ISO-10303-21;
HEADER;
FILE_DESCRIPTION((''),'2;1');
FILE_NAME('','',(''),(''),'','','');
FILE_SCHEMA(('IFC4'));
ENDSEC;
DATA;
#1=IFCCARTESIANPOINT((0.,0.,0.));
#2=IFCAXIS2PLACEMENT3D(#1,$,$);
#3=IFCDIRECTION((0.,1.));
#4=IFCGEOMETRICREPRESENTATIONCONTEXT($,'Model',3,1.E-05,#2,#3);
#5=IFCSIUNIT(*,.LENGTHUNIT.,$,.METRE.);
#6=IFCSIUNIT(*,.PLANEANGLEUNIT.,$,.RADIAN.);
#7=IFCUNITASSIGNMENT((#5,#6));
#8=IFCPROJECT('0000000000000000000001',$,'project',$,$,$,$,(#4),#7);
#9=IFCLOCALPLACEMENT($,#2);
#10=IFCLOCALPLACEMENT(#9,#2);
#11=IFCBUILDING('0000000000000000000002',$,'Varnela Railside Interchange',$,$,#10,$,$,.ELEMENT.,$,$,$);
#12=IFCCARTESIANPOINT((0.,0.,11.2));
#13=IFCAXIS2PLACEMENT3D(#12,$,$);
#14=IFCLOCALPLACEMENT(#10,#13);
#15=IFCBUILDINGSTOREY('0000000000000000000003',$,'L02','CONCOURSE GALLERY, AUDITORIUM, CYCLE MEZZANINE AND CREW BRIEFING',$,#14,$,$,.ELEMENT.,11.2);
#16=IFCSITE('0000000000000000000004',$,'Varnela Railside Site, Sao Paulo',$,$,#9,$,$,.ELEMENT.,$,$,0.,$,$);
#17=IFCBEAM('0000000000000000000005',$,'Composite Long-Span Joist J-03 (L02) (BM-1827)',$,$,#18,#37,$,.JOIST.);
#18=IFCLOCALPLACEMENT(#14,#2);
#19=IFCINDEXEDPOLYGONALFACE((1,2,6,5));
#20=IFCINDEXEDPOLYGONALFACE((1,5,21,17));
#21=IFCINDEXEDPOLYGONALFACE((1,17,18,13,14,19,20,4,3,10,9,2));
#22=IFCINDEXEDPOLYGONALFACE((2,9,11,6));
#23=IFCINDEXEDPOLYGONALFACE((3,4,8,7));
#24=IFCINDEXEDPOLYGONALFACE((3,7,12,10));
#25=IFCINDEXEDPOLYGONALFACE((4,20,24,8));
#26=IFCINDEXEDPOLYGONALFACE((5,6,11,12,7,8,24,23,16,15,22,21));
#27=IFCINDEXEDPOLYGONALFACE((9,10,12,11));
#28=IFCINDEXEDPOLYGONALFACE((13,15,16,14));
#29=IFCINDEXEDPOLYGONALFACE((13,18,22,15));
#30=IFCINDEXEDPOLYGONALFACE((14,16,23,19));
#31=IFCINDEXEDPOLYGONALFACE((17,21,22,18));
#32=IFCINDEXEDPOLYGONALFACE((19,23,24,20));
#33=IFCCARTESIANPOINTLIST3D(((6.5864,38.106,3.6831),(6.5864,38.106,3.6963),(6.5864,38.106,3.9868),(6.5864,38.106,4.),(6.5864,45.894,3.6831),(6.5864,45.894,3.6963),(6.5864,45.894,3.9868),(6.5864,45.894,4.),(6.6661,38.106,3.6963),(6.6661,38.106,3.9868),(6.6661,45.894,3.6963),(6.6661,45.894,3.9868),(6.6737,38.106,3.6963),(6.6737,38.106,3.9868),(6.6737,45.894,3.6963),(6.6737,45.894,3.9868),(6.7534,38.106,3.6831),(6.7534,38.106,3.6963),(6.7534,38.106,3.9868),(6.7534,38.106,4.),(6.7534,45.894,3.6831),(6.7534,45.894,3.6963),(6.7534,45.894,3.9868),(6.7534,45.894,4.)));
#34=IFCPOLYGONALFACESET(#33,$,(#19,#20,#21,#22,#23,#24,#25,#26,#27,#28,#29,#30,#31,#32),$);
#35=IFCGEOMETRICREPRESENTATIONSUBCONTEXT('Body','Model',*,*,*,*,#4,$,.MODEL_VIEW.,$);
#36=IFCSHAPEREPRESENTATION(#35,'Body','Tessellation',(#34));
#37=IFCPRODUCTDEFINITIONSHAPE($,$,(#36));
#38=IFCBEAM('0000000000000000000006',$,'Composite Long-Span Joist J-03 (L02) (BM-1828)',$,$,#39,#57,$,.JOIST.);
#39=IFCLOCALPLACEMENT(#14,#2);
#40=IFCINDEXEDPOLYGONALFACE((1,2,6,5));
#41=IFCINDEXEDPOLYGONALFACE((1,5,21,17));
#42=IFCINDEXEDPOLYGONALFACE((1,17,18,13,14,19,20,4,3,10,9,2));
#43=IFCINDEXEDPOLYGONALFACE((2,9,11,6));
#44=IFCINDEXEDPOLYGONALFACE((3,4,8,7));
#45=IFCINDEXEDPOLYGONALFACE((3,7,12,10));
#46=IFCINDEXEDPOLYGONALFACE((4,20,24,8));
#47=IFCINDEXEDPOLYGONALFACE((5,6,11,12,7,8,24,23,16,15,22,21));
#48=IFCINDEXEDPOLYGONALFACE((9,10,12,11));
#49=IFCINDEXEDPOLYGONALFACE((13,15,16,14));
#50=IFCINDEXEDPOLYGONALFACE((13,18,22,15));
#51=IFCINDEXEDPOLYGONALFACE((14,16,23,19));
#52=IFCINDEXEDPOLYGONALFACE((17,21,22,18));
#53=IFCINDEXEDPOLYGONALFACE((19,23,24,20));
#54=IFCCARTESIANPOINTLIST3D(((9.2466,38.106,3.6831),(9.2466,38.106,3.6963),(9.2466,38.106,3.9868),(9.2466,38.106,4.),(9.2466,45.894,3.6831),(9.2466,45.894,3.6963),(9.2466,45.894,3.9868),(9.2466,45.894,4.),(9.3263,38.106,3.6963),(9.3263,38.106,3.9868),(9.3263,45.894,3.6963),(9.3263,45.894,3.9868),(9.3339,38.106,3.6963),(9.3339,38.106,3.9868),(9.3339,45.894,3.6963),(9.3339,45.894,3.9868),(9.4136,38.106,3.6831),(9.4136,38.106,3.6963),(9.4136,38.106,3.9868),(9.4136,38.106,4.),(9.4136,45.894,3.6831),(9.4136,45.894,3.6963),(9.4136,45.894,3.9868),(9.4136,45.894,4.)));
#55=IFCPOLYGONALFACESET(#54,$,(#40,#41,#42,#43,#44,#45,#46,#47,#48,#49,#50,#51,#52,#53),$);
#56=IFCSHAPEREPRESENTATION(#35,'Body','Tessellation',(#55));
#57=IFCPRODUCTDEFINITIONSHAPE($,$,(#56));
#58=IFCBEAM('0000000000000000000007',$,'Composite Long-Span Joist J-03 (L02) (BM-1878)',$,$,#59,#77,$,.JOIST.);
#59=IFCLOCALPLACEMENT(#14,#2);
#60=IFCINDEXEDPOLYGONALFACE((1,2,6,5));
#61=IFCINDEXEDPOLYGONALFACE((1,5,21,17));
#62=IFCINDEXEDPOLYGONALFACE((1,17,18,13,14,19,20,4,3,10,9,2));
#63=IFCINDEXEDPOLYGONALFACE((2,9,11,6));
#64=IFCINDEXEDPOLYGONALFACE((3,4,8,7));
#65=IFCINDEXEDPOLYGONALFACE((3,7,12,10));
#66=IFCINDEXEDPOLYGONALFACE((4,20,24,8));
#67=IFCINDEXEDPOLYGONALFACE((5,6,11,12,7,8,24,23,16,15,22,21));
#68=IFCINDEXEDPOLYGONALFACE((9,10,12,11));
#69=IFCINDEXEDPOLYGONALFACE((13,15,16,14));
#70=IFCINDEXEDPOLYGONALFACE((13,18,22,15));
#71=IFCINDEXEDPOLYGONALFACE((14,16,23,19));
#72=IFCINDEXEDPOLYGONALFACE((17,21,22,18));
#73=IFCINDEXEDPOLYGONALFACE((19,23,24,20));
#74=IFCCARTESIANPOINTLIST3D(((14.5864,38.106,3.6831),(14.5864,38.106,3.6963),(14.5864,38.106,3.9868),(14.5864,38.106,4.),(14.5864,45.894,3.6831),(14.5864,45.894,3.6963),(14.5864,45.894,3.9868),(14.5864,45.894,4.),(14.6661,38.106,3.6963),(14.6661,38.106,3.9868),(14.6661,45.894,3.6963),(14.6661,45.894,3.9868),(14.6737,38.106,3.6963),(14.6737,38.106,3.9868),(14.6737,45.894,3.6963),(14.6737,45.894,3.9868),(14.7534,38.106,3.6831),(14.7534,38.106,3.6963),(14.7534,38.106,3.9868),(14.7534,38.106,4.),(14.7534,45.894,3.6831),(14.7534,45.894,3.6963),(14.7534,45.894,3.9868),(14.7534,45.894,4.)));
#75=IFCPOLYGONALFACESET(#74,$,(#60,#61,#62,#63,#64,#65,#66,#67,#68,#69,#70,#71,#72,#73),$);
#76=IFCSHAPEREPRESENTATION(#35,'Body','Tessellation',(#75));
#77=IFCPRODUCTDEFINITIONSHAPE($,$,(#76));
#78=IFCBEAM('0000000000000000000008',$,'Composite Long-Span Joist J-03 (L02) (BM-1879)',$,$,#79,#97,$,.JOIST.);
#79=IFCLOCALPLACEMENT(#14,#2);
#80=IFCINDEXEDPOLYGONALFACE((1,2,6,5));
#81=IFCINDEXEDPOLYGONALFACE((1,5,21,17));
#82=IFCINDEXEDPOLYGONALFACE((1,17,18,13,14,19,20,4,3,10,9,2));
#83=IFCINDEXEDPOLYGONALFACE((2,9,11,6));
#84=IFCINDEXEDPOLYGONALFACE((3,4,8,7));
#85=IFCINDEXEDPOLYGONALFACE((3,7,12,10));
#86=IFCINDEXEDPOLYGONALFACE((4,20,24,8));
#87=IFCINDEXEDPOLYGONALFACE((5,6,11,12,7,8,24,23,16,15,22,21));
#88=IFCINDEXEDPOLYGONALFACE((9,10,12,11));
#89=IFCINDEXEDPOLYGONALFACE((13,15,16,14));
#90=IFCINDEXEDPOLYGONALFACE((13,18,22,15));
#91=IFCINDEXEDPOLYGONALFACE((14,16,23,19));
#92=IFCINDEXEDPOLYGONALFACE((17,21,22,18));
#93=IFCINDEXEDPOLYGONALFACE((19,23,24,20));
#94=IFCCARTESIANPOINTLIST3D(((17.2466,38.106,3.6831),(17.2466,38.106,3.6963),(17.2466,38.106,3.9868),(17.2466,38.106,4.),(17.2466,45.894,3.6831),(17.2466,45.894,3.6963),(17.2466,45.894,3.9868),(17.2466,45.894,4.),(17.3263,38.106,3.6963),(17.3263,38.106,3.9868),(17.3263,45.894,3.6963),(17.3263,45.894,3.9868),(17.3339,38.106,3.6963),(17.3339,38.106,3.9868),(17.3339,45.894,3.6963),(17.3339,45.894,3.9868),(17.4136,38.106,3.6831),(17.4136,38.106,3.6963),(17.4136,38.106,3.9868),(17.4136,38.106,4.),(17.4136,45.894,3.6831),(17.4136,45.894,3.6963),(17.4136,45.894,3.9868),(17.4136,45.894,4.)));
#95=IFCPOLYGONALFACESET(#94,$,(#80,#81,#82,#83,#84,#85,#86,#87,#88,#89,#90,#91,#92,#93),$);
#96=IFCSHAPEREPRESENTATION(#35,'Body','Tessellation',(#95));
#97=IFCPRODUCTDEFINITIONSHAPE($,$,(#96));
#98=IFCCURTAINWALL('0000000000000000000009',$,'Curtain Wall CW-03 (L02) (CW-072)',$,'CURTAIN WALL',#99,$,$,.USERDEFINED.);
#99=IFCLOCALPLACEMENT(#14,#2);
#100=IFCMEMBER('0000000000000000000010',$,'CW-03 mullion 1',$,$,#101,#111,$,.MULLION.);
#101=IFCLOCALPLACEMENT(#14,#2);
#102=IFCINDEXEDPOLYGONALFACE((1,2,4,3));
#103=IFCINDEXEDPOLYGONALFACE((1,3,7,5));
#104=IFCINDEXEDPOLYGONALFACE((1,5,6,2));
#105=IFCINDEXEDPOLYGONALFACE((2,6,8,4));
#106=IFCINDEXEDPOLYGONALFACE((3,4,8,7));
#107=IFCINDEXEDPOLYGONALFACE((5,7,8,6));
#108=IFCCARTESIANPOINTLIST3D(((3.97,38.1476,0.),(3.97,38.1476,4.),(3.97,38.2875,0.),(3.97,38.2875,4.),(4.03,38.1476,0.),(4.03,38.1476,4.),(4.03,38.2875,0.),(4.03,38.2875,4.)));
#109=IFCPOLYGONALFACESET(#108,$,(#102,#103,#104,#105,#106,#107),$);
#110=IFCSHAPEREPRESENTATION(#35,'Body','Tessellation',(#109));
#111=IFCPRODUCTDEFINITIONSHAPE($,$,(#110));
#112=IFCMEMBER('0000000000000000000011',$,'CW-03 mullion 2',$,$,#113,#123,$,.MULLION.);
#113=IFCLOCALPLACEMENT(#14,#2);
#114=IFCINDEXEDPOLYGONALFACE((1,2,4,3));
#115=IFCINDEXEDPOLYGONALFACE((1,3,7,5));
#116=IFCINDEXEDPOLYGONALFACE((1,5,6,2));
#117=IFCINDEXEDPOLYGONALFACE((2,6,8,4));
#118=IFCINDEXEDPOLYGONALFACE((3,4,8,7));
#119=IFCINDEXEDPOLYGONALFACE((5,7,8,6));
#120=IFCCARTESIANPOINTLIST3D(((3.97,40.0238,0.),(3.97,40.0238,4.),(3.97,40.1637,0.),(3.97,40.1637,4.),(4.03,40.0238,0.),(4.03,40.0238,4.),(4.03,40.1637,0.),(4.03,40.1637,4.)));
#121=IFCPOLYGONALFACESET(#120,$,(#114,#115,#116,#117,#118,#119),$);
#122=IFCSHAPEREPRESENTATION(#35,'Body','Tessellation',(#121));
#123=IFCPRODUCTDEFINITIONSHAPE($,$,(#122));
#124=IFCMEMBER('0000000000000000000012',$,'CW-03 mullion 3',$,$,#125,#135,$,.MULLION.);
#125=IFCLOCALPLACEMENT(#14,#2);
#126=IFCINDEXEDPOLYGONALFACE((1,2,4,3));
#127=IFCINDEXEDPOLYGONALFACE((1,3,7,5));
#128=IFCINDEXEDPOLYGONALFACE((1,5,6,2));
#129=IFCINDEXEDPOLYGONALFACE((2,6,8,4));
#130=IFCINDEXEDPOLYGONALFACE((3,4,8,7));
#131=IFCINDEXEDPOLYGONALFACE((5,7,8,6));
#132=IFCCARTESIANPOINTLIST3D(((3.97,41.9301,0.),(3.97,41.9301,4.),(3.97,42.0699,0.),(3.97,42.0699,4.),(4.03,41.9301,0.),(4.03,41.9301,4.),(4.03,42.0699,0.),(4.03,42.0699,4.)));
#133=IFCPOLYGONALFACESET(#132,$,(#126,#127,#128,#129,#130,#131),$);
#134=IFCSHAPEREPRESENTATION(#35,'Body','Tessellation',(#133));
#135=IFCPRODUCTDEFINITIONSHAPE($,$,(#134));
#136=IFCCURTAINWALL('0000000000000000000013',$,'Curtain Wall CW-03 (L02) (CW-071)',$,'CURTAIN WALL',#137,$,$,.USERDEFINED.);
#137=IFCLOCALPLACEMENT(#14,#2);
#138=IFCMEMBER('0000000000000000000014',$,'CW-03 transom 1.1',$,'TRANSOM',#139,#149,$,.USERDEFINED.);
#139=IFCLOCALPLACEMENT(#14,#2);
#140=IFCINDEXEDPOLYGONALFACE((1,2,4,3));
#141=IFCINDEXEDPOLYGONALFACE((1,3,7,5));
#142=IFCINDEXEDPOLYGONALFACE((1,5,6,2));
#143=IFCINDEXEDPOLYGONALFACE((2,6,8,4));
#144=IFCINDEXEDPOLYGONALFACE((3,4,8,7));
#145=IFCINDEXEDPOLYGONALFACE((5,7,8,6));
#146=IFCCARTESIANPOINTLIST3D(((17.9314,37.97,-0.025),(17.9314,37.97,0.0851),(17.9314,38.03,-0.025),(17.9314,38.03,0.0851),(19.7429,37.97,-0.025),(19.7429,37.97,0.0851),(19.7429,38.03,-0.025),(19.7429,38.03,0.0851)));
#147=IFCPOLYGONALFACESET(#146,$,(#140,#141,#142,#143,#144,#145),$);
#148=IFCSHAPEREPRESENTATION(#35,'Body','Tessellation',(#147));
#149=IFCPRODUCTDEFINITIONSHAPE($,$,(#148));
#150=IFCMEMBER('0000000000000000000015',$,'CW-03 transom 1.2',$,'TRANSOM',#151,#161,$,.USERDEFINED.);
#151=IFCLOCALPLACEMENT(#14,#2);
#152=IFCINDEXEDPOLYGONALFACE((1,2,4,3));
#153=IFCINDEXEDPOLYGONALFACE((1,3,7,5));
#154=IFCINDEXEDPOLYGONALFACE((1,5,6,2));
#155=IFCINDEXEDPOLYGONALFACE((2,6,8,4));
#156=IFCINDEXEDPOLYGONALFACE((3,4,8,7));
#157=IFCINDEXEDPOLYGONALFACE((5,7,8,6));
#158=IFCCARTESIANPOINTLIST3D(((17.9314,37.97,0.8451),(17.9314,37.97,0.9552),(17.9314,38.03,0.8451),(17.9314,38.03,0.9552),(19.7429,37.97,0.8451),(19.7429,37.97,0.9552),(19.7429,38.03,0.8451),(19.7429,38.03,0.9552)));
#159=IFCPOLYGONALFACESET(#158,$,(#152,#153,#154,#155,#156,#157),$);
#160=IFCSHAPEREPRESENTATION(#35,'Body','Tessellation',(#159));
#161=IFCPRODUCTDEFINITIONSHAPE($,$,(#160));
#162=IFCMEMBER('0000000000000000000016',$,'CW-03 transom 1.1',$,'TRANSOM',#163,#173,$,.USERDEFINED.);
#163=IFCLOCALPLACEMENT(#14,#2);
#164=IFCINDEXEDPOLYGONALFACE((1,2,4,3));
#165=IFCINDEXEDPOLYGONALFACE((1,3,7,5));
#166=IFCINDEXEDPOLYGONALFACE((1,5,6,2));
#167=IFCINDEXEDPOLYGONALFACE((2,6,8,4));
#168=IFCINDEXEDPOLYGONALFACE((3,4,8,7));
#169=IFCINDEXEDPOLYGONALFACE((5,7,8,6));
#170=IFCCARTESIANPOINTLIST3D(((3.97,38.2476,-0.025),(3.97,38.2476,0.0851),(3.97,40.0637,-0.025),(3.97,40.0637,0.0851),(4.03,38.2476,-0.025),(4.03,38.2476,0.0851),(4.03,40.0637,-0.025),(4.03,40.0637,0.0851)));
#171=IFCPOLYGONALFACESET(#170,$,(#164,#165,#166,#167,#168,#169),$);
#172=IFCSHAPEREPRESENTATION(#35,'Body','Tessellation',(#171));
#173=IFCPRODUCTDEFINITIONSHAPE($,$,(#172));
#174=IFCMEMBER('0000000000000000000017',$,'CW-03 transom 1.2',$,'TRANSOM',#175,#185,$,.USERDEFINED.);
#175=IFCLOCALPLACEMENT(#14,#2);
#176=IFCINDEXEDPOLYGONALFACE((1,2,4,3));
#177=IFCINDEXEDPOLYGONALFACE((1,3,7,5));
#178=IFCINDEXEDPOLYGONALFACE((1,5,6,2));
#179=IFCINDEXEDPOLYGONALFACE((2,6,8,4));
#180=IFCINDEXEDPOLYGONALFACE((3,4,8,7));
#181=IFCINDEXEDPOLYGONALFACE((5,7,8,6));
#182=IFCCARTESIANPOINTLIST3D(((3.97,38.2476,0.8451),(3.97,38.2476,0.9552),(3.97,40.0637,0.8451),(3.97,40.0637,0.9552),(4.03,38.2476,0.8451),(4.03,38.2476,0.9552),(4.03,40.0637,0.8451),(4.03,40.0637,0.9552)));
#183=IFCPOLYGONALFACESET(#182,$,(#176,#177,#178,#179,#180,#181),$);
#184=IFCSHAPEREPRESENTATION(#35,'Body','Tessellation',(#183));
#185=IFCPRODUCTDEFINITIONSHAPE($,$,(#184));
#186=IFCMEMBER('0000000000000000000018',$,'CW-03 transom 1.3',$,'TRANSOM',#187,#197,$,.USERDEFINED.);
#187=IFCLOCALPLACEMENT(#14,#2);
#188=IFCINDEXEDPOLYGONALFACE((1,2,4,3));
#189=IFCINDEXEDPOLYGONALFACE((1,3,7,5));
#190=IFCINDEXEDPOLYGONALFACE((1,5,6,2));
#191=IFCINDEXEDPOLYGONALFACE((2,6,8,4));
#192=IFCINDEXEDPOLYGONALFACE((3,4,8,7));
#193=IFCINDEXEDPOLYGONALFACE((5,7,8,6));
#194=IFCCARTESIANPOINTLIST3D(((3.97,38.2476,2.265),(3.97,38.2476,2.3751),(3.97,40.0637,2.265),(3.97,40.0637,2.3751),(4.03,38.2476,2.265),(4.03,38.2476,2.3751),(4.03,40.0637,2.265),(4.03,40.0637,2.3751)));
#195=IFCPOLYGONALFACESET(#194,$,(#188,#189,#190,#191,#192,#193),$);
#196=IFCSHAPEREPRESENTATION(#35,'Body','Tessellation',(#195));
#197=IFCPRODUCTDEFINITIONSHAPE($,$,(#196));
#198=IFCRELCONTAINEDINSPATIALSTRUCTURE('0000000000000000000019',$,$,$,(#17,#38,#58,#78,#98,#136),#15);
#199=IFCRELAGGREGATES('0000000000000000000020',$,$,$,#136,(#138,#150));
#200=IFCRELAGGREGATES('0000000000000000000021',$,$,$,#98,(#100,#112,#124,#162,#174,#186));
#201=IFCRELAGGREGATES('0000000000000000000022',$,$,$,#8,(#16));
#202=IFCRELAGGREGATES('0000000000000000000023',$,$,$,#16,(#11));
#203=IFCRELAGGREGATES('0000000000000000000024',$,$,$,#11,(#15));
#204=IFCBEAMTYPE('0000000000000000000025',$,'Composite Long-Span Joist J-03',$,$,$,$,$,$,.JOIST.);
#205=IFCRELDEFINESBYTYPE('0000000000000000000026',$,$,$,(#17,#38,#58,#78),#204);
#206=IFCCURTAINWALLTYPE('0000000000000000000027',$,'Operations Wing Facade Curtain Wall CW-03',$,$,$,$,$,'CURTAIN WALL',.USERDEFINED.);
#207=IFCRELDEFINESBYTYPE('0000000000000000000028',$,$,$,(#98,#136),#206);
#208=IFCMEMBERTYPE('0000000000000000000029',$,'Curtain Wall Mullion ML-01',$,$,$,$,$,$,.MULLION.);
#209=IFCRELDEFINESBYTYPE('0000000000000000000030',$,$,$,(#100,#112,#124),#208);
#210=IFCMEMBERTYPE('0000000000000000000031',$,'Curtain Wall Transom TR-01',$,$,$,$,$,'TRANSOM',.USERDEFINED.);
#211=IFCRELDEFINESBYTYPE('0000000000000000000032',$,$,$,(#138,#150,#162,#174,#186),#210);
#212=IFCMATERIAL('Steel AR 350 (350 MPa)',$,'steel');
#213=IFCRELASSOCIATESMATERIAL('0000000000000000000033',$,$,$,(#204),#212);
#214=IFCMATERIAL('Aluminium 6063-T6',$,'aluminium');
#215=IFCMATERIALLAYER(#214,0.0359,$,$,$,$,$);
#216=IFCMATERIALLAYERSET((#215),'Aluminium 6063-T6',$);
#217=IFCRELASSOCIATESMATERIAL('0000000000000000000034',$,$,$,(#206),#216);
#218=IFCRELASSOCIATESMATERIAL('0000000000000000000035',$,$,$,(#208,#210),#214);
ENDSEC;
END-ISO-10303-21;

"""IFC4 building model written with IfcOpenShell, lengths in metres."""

from ifc_helpers import new_model, si_unit, direction, frame, origin, origin_2d, place, context, subcontext, project, spatial, rectangle, i_section, extrude, material, layer, layer_set, material_profile, profile_set, type_object, element, aggregate, save


model = new_model("IFC4")

# Units and contexts
model_context = context("Model", 3, precision=1e-05, world=origin(), true_north=direction((0.0, 1.0)))
body_context = subcontext(model_context, "Body", "Model", "MODEL_VIEW")
ifc_project = project(units=[si_unit("LENGTHUNIT", "METRE"), si_unit("PLANEANGLEUNIT", "RADIAN")], contexts=[model_context])

# Site, building, storey
site_placement = place(None, origin())
site = spatial("IfcSite", under=ifc_project, at=site_placement, Name="Varnela Railside Site, Sao Paulo", CompositionType="ELEMENT", RefElevation=0.0)
building_placement = place(site_placement, origin())
building = spatial("IfcBuilding", under=site, at=building_placement, Name="Varnela Railside Interchange", CompositionType="ELEMENT")
storey_placement = place(building_placement, frame((0.0, 0.0, 11.2)))
storey = spatial("IfcBuildingStorey", under=building, at=storey_placement, Name="L02", Description="CONCOURSE GALLERY, AUDITORIUM, CYCLE MEZZANINE AND CREW BRIEFING", CompositionType="ELEMENT", Elevation=11.2)

# Beams
ifc_material_1 = material(Name="Steel AR 350 (350 MPa)", Category="steel")
ifc_material_profile_1 = material_profile(ifc_material_1, i_section(OverallWidth=0.167, OverallDepth=0.3169, WebThickness=0.0076, FlangeThickness=0.0132, at=origin_2d()), Name="W310x52")
ifc_profile_set_1 = profile_set([ifc_material_profile_1], Name="Steel AR 350 (350 MPa)")
beam_type_1 = type_object("IfcBeamType", Name="Composite Long-Span Joist J-03", PredefinedType="JOIST", material=ifc_profile_set_1)
for number, where, z_axis, x_axis, name in (
    (1, (6.6699, 38.106, 3.8416), (0.0, 1.0, 0.0), (-1.0, 0.0, 0.0), "Composite Long-Span Joist J-03 (L02) (BM-1827)"),
    (2, (9.3301, 38.106, 3.8416), (0.0, 1.0, 0.0), (-1.0, 0.0, 0.0), "Composite Long-Span Joist J-03 (L02) (BM-1828)"),
    (3, (14.6699, 38.106, 3.8416), (0.0, 1.0, 0.0), (-1.0, 0.0, 0.0), "Composite Long-Span Joist J-03 (L02) (BM-1878)"),
    (4, (17.3301, 38.106, 3.8416), (0.0, 1.0, 0.0), (-1.0, 0.0, 0.0), "Composite Long-Span Joist J-03 (L02) (BM-1879)"),
):
    element("IfcBeam", number, at=place(storey_placement, frame(where, z_axis=z_axis, x_axis=x_axis)), inside=storey, type_object=beam_type_1, Name=name, PredefinedType="JOIST", context=body_context, shape_type="SweptSolid", body=[
        extrude(i_section(OverallWidth=0.167, OverallDepth=0.3169, WebThickness=0.0076, FlangeThickness=0.0132, at=origin_2d()), origin(), (0.0, 0.0, 1.0), 7.7881),
    ])

# Curtain walls, members
ifc_material_2 = material(Name="Aluminium 6063-T6", Category="aluminium")
ifc_layer_1 = layer(ifc_material_2, 0.0359)
ifc_layer_set_1 = layer_set([ifc_layer_1], Name="Aluminium 6063-T6")
curtain_wall_type = type_object("IfcCurtainWallType", Name="Operations Wing Facade Curtain Wall CW-03", ElementType="CURTAIN WALL", PredefinedType="USERDEFINED", material=ifc_layer_set_1)
curtain_wall_1_placement = place(storey_placement, origin())
curtain_wall_1 = element("IfcCurtainWall", 5, at=curtain_wall_1_placement, inside=storey, type_object=curtain_wall_type, Name="Curtain Wall CW-03 (L02) (CW-072)", ObjectType="CURTAIN WALL", PredefinedType="USERDEFINED")
ifc_material_profile_2 = material_profile(ifc_material_2, rectangle(XDim=0.0601, YDim=0.1399, at=origin_2d()), Name="ALU 60x140")
ifc_profile_set_2 = profile_set([ifc_material_profile_2], Name="Aluminium 6063-T6")
member_type_1 = type_object("IfcMemberType", Name="Curtain Wall Mullion ML-01", PredefinedType="MULLION", material=ifc_profile_set_2)
member_1_placement = place(storey_placement, frame((4.0, 38.2175, 0.0), z_axis=(0.0, 0.0, 1.0), x_axis=(-1.0, 0.0, 0.0)))
member_1 = element("IfcMember", 6, at=member_1_placement, type_object=member_type_1, Name="CW-03 mullion 1", PredefinedType="MULLION", context=body_context, shape_type="SweptSolid", body=[
    extrude(rectangle(XDim=0.0601, YDim=0.1399, at=origin_2d()), origin(), (0.0, 0.0, 1.0), 4.0),
])
member_2_placement = place(storey_placement, frame((4.0, 40.0938, 0.0), z_axis=(0.0, 0.0, 1.0), x_axis=(-1.0, 0.0, 0.0)))
member_2 = element("IfcMember", 7, at=member_2_placement, type_object=member_type_1, Name="CW-03 mullion 2", PredefinedType="MULLION", context=body_context, shape_type="SweptSolid", body=[
    extrude(rectangle(XDim=0.0601, YDim=0.1399, at=origin_2d()), origin(), (0.0, 0.0, 1.0), 4.0),
])
member_3_placement = place(storey_placement, frame((4.0, 42.0, 0.0), z_axis=(0.0, 0.0, 1.0), x_axis=(-1.0, 0.0, 0.0)))
member_3 = element("IfcMember", 8, at=member_3_placement, type_object=member_type_1, Name="CW-03 mullion 3", PredefinedType="MULLION", context=body_context, shape_type="SweptSolid", body=[
    extrude(rectangle(XDim=0.0601, YDim=0.1399, at=origin_2d()), origin(), (0.0, 0.0, 1.0), 4.0),
])
curtain_wall_2_placement = place(storey_placement, origin())
curtain_wall_2 = element("IfcCurtainWall", 9, at=curtain_wall_2_placement, inside=storey, type_object=curtain_wall_type, Name="Curtain Wall CW-03 (L02) (CW-071)", ObjectType="CURTAIN WALL", PredefinedType="USERDEFINED")
ifc_material_profile_3 = material_profile(ifc_material_2, rectangle(XDim=0.0601, YDim=0.1101, at=origin_2d()), Name="ALU 60x110")
ifc_profile_set_3 = profile_set([ifc_material_profile_3], Name="Aluminium 6063-T6")
member_type_2 = type_object("IfcMemberType", Name="Curtain Wall Transom TR-01", ElementType="TRANSOM", PredefinedType="USERDEFINED", material=ifc_profile_set_3)
member_4_placement = place(storey_placement, frame((19.7429, 38.0, 0.03), z_axis=(-1.0, 0.0, 0.0), x_axis=(0.0, -1.0, 0.0)))
member_4 = element("IfcMember", 10, at=member_4_placement, type_object=member_type_2, Name="CW-03 transom 1.1", ObjectType="TRANSOM", PredefinedType="USERDEFINED", context=body_context, shape_type="SweptSolid", body=[
    extrude(rectangle(XDim=0.0601, YDim=0.1101, at=origin_2d()), origin(), (0.0, 0.0, 1.0), 1.8115),
])
member_5_placement = place(storey_placement, frame((19.7429, 38.0, 0.9001), z_axis=(-1.0, 0.0, 0.0), x_axis=(0.0, -1.0, 0.0)))
member_5 = element("IfcMember", 11, at=member_5_placement, type_object=member_type_2, Name="CW-03 transom 1.2", ObjectType="TRANSOM", PredefinedType="USERDEFINED", context=body_context, shape_type="SweptSolid", body=[
    extrude(rectangle(XDim=0.0601, YDim=0.1101, at=origin_2d()), origin(), (0.0, 0.0, 1.0), 1.8115),
])
aggregate(curtain_wall_2, [member_4, member_5])

# Members
member_6_placement = place(storey_placement, frame((4.0, 38.2476, 0.03), z_axis=(0.0, 1.0, 0.0), x_axis=(-1.0, 0.0, 0.0)))
member_6 = element("IfcMember", 12, at=member_6_placement, type_object=member_type_2, Name="CW-03 transom 1.1", ObjectType="TRANSOM", PredefinedType="USERDEFINED", context=body_context, shape_type="SweptSolid", body=[
    extrude(rectangle(XDim=0.0601, YDim=0.1101, at=origin_2d()), origin(), (0.0, 0.0, 1.0), 1.8162),
])
member_7_placement = place(storey_placement, frame((4.0, 38.2476, 0.9001), z_axis=(0.0, 1.0, 0.0), x_axis=(-1.0, 0.0, 0.0)))
member_7 = element("IfcMember", 13, at=member_7_placement, type_object=member_type_2, Name="CW-03 transom 1.2", ObjectType="TRANSOM", PredefinedType="USERDEFINED", context=body_context, shape_type="SweptSolid", body=[
    extrude(rectangle(XDim=0.0601, YDim=0.1101, at=origin_2d()), origin(), (0.0, 0.0, 1.0), 1.8162),
])
member_8_placement = place(storey_placement, frame((4.0, 38.2476, 2.3201), z_axis=(0.0, 1.0, 0.0), x_axis=(-1.0, 0.0, 0.0)))
member_8 = element("IfcMember", 14, at=member_8_placement, type_object=member_type_2, Name="CW-03 transom 1.3", ObjectType="TRANSOM", PredefinedType="USERDEFINED", context=body_context, shape_type="SweptSolid", body=[
    extrude(rectangle(XDim=0.0601, YDim=0.1101, at=origin_2d()), origin(), (0.0, 0.0, 1.0), 1.8162),
])

aggregate(curtain_wall_1, [member_1, member_2, member_3, member_6, member_7, member_8])

save(model, "model.ifc")
